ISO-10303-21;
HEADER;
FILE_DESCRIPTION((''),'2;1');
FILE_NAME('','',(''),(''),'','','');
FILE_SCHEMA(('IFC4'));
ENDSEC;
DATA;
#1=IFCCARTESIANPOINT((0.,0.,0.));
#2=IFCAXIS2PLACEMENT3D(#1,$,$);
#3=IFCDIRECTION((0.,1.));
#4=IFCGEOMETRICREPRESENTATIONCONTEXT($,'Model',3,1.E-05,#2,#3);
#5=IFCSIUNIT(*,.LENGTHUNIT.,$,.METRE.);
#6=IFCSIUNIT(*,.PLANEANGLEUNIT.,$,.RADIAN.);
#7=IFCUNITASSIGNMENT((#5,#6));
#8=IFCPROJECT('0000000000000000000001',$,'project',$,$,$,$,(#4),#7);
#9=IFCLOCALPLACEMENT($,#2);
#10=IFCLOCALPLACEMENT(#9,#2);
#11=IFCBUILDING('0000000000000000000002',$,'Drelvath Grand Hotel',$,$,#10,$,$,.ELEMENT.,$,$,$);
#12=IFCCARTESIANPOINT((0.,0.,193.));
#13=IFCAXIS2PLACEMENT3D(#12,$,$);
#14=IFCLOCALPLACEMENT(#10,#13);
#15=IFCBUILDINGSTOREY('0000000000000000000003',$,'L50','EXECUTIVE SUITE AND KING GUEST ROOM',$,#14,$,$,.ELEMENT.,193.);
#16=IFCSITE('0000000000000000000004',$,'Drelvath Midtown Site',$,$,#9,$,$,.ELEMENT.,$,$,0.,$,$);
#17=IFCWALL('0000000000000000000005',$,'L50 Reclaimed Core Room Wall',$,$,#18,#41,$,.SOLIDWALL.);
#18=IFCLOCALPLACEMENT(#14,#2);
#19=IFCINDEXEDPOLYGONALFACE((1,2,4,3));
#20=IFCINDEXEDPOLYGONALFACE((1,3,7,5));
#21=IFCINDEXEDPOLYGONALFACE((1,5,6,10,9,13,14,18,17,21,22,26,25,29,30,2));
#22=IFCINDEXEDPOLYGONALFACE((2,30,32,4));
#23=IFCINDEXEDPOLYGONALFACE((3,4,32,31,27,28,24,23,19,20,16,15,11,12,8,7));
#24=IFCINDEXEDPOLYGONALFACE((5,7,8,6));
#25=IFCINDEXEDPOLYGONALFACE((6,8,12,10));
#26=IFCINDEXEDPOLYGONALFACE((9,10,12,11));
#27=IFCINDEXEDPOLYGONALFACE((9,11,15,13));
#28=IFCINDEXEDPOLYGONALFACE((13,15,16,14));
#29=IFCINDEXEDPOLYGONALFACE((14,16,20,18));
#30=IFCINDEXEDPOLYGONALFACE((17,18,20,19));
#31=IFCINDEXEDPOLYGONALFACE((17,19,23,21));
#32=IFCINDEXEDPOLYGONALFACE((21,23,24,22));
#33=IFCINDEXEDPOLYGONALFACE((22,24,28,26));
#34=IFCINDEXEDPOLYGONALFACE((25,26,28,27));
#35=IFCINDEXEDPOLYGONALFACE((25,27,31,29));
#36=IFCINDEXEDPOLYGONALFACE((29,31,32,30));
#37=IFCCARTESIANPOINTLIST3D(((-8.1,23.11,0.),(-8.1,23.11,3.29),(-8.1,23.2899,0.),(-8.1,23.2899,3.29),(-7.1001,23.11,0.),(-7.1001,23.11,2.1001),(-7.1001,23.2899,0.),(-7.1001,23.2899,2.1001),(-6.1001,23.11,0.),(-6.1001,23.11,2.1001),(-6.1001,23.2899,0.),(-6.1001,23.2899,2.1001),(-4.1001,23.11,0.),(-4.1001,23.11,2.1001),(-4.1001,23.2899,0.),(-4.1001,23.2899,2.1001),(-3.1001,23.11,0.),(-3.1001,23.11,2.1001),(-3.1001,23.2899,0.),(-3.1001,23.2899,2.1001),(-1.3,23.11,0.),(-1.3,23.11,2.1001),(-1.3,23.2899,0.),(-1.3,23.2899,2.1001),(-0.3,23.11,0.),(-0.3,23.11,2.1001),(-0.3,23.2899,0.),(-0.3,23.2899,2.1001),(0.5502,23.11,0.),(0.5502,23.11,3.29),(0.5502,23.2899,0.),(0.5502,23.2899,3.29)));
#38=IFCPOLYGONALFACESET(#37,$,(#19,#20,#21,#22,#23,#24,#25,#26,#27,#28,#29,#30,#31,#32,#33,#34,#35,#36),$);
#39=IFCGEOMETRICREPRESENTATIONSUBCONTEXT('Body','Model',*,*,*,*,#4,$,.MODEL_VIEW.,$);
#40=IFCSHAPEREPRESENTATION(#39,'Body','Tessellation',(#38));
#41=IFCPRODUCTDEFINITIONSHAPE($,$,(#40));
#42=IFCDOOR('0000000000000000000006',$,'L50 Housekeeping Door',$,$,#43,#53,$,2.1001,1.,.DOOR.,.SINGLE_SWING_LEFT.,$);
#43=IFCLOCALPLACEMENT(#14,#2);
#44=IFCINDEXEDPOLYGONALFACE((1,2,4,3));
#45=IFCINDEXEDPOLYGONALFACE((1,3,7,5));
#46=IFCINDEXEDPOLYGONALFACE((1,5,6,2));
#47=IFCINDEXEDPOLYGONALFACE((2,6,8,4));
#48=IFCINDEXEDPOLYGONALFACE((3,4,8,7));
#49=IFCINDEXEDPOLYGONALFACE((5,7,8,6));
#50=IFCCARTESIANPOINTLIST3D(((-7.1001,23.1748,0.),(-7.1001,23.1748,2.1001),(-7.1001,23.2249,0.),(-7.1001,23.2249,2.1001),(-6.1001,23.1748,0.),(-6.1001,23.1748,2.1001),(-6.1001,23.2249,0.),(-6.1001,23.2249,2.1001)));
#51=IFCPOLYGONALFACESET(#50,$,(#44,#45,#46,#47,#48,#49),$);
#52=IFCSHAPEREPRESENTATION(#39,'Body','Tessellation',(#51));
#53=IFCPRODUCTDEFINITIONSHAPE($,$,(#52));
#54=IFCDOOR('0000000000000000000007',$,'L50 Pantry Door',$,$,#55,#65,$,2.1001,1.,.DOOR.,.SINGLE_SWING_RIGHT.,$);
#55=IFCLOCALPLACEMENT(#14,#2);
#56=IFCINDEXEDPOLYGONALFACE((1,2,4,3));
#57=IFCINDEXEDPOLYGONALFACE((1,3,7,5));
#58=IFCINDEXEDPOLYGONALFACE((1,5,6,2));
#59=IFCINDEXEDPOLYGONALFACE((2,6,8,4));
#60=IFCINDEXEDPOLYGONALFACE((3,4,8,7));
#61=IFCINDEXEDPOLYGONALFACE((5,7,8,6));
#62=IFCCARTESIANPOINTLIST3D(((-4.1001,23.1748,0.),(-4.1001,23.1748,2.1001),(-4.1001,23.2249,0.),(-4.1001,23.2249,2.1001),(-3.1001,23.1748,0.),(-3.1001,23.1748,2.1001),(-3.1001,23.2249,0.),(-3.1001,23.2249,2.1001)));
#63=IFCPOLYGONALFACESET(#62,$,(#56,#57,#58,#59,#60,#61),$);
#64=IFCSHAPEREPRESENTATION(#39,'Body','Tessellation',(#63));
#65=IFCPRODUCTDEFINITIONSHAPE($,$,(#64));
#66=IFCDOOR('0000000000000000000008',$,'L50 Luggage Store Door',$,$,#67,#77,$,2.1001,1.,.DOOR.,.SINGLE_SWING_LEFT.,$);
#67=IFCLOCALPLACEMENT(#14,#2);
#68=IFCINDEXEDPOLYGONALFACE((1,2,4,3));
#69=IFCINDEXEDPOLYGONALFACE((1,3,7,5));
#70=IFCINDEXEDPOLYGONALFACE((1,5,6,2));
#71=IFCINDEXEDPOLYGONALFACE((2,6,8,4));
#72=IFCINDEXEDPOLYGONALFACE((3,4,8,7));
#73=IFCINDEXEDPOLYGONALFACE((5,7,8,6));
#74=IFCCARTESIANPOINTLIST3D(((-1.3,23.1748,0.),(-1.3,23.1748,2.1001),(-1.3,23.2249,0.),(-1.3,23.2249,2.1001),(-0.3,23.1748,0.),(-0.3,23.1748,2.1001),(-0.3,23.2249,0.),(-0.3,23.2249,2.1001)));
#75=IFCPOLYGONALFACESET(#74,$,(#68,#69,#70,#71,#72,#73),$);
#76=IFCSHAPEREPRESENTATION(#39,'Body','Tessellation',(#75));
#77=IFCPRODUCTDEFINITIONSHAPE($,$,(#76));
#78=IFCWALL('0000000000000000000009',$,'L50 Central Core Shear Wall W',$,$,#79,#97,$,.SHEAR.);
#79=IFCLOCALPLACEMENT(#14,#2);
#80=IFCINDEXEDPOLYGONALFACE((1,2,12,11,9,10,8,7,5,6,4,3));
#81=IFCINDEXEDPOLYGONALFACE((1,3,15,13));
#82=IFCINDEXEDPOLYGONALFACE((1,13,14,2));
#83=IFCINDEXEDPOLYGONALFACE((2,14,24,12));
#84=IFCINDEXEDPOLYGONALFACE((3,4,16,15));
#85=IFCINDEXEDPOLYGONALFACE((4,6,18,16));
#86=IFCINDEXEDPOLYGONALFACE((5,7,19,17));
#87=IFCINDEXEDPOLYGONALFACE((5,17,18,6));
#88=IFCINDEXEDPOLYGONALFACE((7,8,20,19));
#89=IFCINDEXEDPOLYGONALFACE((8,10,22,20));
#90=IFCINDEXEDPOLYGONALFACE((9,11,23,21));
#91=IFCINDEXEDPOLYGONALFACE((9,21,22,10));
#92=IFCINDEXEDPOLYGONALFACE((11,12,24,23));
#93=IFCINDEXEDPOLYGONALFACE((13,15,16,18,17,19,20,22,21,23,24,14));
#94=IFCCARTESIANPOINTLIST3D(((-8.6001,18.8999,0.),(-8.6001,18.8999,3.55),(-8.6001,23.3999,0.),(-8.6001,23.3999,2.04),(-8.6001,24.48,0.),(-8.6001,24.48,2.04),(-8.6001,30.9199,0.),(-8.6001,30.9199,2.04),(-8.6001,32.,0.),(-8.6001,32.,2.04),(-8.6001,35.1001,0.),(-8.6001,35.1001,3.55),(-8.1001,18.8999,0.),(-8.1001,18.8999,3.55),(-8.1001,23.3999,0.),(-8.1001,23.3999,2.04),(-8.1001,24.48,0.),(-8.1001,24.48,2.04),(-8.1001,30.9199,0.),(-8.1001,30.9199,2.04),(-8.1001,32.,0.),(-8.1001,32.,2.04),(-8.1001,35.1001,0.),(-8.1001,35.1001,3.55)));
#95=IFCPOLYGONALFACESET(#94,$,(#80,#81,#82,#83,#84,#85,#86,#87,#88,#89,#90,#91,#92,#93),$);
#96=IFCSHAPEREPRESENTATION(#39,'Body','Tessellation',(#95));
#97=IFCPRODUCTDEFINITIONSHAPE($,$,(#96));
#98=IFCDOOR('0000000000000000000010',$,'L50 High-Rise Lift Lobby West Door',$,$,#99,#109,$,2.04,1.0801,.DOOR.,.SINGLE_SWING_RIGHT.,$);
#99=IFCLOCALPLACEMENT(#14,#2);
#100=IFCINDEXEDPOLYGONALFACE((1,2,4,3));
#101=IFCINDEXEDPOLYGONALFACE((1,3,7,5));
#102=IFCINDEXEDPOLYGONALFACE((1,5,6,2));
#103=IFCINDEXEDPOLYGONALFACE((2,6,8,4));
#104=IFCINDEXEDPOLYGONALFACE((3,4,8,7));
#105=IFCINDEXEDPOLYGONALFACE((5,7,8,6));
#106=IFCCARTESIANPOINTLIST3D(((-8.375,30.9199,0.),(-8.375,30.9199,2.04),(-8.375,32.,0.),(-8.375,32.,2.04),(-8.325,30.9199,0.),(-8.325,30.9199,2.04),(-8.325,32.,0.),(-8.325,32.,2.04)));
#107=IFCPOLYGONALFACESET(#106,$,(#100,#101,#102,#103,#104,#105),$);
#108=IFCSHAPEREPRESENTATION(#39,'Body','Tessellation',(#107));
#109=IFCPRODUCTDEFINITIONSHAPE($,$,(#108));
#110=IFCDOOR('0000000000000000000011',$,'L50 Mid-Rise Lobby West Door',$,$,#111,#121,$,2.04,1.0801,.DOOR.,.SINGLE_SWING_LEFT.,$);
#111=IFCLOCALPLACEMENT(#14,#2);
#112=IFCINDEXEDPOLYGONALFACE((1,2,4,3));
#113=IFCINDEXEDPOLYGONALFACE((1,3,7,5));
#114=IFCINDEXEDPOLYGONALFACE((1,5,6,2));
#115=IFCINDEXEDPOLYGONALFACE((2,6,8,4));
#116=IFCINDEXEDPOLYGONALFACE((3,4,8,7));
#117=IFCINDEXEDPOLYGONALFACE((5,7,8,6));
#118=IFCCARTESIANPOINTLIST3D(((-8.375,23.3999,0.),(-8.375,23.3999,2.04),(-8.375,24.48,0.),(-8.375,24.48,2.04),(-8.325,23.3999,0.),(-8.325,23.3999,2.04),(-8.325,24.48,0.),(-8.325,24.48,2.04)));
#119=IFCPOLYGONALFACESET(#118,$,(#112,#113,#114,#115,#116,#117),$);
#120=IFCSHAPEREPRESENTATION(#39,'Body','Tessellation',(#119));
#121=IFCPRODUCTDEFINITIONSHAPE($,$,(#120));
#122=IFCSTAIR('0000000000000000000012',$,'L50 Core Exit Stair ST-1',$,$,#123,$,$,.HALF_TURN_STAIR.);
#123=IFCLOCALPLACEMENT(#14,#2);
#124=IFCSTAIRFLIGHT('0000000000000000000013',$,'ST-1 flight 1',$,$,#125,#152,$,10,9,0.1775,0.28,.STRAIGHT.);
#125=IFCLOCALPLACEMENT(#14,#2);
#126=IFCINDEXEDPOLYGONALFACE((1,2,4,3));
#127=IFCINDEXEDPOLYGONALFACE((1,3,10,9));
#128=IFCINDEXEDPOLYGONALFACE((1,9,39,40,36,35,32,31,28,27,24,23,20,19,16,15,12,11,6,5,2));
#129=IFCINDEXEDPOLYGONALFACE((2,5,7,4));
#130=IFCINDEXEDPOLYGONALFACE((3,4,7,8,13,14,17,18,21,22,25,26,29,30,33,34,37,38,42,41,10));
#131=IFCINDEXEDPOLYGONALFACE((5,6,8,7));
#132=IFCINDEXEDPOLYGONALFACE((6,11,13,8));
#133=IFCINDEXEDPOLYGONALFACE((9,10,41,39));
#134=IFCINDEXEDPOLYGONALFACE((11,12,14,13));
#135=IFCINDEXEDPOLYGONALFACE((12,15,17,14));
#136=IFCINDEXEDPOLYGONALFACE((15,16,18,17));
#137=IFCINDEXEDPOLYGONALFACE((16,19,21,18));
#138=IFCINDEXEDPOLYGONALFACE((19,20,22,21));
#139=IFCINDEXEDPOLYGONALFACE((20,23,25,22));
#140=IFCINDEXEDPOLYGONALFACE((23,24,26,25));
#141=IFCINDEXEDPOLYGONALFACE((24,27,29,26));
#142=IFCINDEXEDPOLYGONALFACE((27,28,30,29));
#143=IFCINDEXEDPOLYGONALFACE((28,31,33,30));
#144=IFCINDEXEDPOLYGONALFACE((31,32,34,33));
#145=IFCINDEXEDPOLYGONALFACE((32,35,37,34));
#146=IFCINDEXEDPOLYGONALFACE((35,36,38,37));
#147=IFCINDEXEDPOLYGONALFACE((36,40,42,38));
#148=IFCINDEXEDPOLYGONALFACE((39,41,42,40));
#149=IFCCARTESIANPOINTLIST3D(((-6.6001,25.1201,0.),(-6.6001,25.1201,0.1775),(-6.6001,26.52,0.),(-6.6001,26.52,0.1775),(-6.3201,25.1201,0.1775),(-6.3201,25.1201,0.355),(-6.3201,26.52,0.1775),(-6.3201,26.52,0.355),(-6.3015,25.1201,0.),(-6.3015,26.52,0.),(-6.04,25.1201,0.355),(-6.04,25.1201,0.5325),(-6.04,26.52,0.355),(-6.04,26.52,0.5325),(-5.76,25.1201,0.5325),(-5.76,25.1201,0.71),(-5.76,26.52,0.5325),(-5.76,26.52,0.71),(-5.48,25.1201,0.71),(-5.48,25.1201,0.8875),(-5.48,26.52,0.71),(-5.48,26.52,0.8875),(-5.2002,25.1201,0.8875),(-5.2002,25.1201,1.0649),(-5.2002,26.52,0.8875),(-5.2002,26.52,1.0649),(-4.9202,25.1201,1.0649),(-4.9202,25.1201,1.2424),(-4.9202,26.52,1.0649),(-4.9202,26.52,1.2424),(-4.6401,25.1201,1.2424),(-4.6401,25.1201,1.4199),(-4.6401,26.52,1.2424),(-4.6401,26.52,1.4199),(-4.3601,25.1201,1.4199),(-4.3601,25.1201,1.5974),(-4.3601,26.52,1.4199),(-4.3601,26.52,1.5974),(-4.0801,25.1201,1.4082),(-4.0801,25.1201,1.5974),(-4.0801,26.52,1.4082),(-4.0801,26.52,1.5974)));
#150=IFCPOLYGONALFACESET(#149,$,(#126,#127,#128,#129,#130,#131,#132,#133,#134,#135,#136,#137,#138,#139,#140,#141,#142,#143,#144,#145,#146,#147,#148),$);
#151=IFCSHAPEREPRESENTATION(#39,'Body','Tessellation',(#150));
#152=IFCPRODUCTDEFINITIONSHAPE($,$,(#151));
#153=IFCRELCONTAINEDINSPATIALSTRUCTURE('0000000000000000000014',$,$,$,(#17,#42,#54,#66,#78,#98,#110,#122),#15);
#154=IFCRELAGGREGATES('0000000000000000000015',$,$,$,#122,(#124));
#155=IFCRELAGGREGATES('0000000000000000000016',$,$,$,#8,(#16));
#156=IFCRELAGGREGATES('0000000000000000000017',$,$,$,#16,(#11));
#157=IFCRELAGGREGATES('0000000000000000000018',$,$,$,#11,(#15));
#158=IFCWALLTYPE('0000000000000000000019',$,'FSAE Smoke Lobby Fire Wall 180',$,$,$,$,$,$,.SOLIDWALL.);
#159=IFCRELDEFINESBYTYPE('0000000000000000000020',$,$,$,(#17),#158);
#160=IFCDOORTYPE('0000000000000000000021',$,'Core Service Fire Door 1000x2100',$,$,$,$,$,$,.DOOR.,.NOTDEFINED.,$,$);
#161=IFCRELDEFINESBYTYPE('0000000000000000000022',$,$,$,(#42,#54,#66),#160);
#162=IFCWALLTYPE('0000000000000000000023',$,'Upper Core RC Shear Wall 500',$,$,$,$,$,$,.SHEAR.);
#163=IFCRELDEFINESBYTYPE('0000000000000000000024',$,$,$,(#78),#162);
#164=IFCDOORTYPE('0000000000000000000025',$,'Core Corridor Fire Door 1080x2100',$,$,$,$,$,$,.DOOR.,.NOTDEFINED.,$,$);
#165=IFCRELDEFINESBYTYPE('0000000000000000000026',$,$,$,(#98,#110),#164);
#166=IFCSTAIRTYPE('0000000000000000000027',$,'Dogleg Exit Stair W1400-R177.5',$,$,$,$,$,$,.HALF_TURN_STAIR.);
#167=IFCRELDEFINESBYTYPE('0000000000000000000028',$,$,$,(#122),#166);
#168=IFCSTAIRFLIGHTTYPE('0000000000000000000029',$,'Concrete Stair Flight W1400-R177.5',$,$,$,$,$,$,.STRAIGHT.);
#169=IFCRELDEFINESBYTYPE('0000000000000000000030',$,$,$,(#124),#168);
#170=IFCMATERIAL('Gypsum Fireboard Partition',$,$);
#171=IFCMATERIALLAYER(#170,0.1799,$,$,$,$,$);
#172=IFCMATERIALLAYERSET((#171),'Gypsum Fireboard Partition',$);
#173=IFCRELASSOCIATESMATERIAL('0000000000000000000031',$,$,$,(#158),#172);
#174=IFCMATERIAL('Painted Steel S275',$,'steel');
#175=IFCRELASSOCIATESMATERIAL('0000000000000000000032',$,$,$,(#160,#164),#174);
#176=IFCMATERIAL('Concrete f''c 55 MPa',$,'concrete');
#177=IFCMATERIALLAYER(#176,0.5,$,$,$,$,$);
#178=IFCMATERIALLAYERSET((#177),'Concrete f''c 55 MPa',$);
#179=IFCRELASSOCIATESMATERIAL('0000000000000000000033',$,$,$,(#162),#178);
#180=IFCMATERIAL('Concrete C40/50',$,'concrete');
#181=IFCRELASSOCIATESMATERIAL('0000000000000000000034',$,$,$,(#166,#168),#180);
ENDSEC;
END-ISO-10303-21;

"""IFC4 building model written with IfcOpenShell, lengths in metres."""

from ifc_helpers import new_model, si_unit, direction, frame, frame_2d, origin, place, context, subcontext, project, spatial, polyline, rectangle, outline, extrude, material, layer, layer_set, type_object, element, fill, aggregate, save


model = new_model("IFC4")

# Units and contexts
model_context = context("Model", 3, precision=1e-05, world=origin(), true_north=direction((0.0, 1.0)))
body_context = subcontext(model_context, "Body", "Model", "MODEL_VIEW")
ifc_project = project(units=[si_unit("LENGTHUNIT", "METRE"), si_unit("PLANEANGLEUNIT", "RADIAN")], contexts=[model_context])

# Site, building, storey
site_placement = place(None, origin())
site = spatial("IfcSite", under=ifc_project, at=site_placement, Name="Drelvath Midtown Site", CompositionType="ELEMENT", RefElevation=0.0)
building_placement = place(site_placement, origin())
building = spatial("IfcBuilding", under=site, at=building_placement, Name="Drelvath Grand Hotel", CompositionType="ELEMENT")
storey_placement = place(building_placement, frame((0.0, 0.0, 193.0)))
storey = spatial("IfcBuildingStorey", under=building, at=storey_placement, Name="L50", Description="EXECUTIVE SUITE AND KING GUEST ROOM", CompositionType="ELEMENT", Elevation=193.0)

# Shared definitions
ifc_material_1 = material(Name="Concrete f'c 55 MPa", Category="concrete")

# Shared definitions
ifc_material_2 = material(Name="Concrete C40/50", Category="concrete")
ifc_material_3 = material(Name="Painted Steel S275", Category="steel")

# Walls, openings, doors
ifc_material_4 = material(Name="Gypsum Fireboard Partition")
ifc_layer_1 = layer(ifc_material_4, 0.1799)
ifc_layer_set_1 = layer_set([ifc_layer_1], Name="Gypsum Fireboard Partition")
wall_type_1 = type_object("IfcWallType", Name="FSAE Smoke Lobby Fire Wall 180", PredefinedType="SOLIDWALL", material=ifc_layer_set_1)
wall_1_placement = place(storey_placement, frame((-8.1001, 23.2, 0.0), z_axis=(0.0, 0.0, 1.0), x_axis=(1.0, 0.0, 0.0)))
wall_1 = element("IfcWall", 1, at=wall_1_placement, inside=storey, type_object=wall_type_1, Name="L50 Reclaimed Core Room Wall", PredefinedType="SOLIDWALL", context=body_context, shape_type="SweptSolid", body=[
    extrude(rectangle(XDim=8.6501, YDim=0.1799, at=frame_2d((4.3252, 0.0))), origin(), (0.0, 0.0, 1.0), 3.29),
])
opening_1_placement = place(wall_1_placement, frame((1.0, 0.0, 0.0)))
opening_1 = element("IfcOpeningElement", 2, at=opening_1_placement, cuts=wall_1, PredefinedType="OPENING", context=body_context, shape_type="SweptSolid", body=[
    extrude(rectangle(XDim=1.0, YDim=2.1001, at=frame_2d((0.5, 1.05))), frame((0.0, 0.0999, 0.0), z_axis=(0.0, -1.0, 0.0), x_axis=(1.0, 0.0, 0.0)), (0.0, 0.0, 1.0), 0.2),
])
opening_2_placement = place(wall_1_placement, frame((4.0, 0.0, 0.0)))
opening_2 = element("IfcOpeningElement", 3, at=opening_2_placement, cuts=wall_1, PredefinedType="OPENING", context=body_context, shape_type="SweptSolid", body=[
    extrude(rectangle(XDim=1.0, YDim=2.1001, at=frame_2d((0.5, 1.05))), frame((0.0, 0.0999, 0.0), z_axis=(0.0, -1.0, 0.0), x_axis=(1.0, 0.0, 0.0)), (0.0, 0.0, 1.0), 0.2),
])
opening_3_placement = place(wall_1_placement, frame((6.8, 0.0, 0.0)))
opening_3 = element("IfcOpeningElement", 4, at=opening_3_placement, cuts=wall_1, PredefinedType="OPENING", context=body_context, shape_type="SweptSolid", body=[
    extrude(rectangle(XDim=1.0, YDim=2.1001, at=frame_2d((0.5, 1.05))), frame((0.0, 0.0999, 0.0), z_axis=(0.0, -1.0, 0.0), x_axis=(1.0, 0.0, 0.0)), (0.0, 0.0, 1.0), 0.2),
])
door_type_1 = type_object("IfcDoorType", Name="Core Service Fire Door 1000x2100", OperationType="NOTDEFINED", PredefinedType="DOOR", material=ifc_material_3)
door_1_placement = place(opening_1_placement, origin())
door_1 = element("IfcDoor", 5, at=door_1_placement, inside=storey, type_object=door_type_1, Name="L50 Housekeeping Door", OperationType="SINGLE_SWING_LEFT", OverallHeight=2.1001, OverallWidth=1.0, PredefinedType="DOOR", context=body_context, shape_type="SweptSolid", body=[
    extrude(rectangle(XDim=1.0, YDim=2.1001, at=frame_2d((0.5, 1.05))), frame((0.0, 0.0249, 0.0), z_axis=(0.0, -1.0, 0.0), x_axis=(1.0, 0.0, 0.0)), (0.0, 0.0, 1.0), 0.05),
])
fill(opening_1, door_1)
door_2_placement = place(opening_2_placement, origin())
door_2 = element("IfcDoor", 6, at=door_2_placement, inside=storey, type_object=door_type_1, Name="L50 Pantry Door", OperationType="SINGLE_SWING_RIGHT", OverallHeight=2.1001, OverallWidth=1.0, PredefinedType="DOOR", context=body_context, shape_type="SweptSolid", body=[
    extrude(rectangle(XDim=1.0, YDim=2.1001, at=frame_2d((0.5, 1.05))), frame((0.0, 0.0249, 0.0), z_axis=(0.0, -1.0, 0.0), x_axis=(1.0, 0.0, 0.0)), (0.0, 0.0, 1.0), 0.05),
])
fill(opening_2, door_2)
door_3_placement = place(opening_3_placement, origin())
door_3 = element("IfcDoor", 7, at=door_3_placement, inside=storey, type_object=door_type_1, Name="L50 Luggage Store Door", OperationType="SINGLE_SWING_LEFT", OverallHeight=2.1001, OverallWidth=1.0, PredefinedType="DOOR", context=body_context, shape_type="SweptSolid", body=[
    extrude(rectangle(XDim=1.0, YDim=2.1001, at=frame_2d((0.5, 1.05))), frame((0.0, 0.0249, 0.0), z_axis=(0.0, -1.0, 0.0), x_axis=(1.0, 0.0, 0.0)), (0.0, 0.0, 1.0), 0.05),
])
fill(opening_3, door_3)
ifc_layer_2 = layer(ifc_material_1, 0.5)
ifc_layer_set_2 = layer_set([ifc_layer_2], Name="Concrete f'c 55 MPa")
wall_type_2 = type_object("IfcWallType", Name="Upper Core RC Shear Wall 500", PredefinedType="SHEAR", material=ifc_layer_set_2)
wall_2_placement = place(storey_placement, frame((-8.3501, 18.8999, 0.0), z_axis=(0.0, 0.0, 1.0), x_axis=(0.0, 1.0, 0.0)))
wall_2 = element("IfcWall", 8, at=wall_2_placement, inside=storey, type_object=wall_type_2, Name="L50 Central Core Shear Wall W", PredefinedType="SHEAR", context=body_context, shape_type="SweptSolid", body=[
    extrude(rectangle(XDim=16.2002, YDim=0.5, at=frame_2d((8.1001, 0.0))), origin(), (0.0, 0.0, 1.0), 3.55),
])
opening_4_placement = place(wall_2_placement, frame((12.02, 0.0, 0.0)))
opening_4 = element("IfcOpeningElement", 9, at=opening_4_placement, cuts=wall_2, PredefinedType="OPENING", context=body_context, shape_type="SweptSolid", body=[
    extrude(rectangle(XDim=1.0801, YDim=2.04, at=frame_2d((0.54, 1.02))), frame((0.0, 0.26, 0.0), z_axis=(0.0, -1.0, 0.0), x_axis=(1.0, 0.0, 0.0)), (0.0, 0.0, 1.0), 0.52),
])
opening_5_placement = place(wall_2_placement, frame((4.5, 0.0, 0.0)))
opening_5 = element("IfcOpeningElement", 10, at=opening_5_placement, cuts=wall_2, PredefinedType="OPENING", context=body_context, shape_type="SweptSolid", body=[
    extrude(rectangle(XDim=1.0801, YDim=2.04, at=frame_2d((0.54, 1.02))), frame((0.0, 0.26, 0.0), z_axis=(0.0, -1.0, 0.0), x_axis=(1.0, 0.0, 0.0)), (0.0, 0.0, 1.0), 0.52),
])
door_type_2 = type_object("IfcDoorType", Name="Core Corridor Fire Door 1080x2100", OperationType="NOTDEFINED", PredefinedType="DOOR", material=ifc_material_3)
door_4_placement = place(opening_4_placement, origin())
door_4 = element("IfcDoor", 11, at=door_4_placement, inside=storey, type_object=door_type_2, Name="L50 High-Rise Lift Lobby West Door", OperationType="SINGLE_SWING_RIGHT", OverallHeight=2.04, OverallWidth=1.0801, PredefinedType="DOOR", context=body_context, shape_type="SweptSolid", body=[
    extrude(rectangle(XDim=1.0801, YDim=2.04, at=frame_2d((0.54, 1.02))), frame((0.0, 0.0249, 0.0), z_axis=(0.0, -1.0, 0.0), x_axis=(1.0, 0.0, 0.0)), (0.0, 0.0, 1.0), 0.05),
])
fill(opening_4, door_4)
door_5_placement = place(opening_5_placement, origin())
door_5 = element("IfcDoor", 12, at=door_5_placement, inside=storey, type_object=door_type_2, Name="L50 Mid-Rise Lobby West Door", OperationType="SINGLE_SWING_LEFT", OverallHeight=2.04, OverallWidth=1.0801, PredefinedType="DOOR", context=body_context, shape_type="SweptSolid", body=[
    extrude(rectangle(XDim=1.0801, YDim=2.04, at=frame_2d((0.54, 1.02))), frame((0.0, 0.0249, 0.0), z_axis=(0.0, -1.0, 0.0), x_axis=(1.0, 0.0, 0.0)), (0.0, 0.0, 1.0), 0.05),
])
fill(opening_5, door_5)

# Stair, stair flight
stair_type = type_object("IfcStairType", Name="Dogleg Exit Stair W1400-R177.5", PredefinedType="HALF_TURN_STAIR", material=ifc_material_2)
stair_placement = place(storey_placement, origin())
stair = element("IfcStair", 13, at=stair_placement, inside=storey, type_object=stair_type, Name="L50 Core Exit Stair ST-1", PredefinedType="HALF_TURN_STAIR")
stair_flight_type = type_object("IfcStairFlightType", Name="Concrete Stair Flight W1400-R177.5", PredefinedType="STRAIGHT", material=ifc_material_2)
stair_flight_placement = place(storey_placement, frame((-6.6001, 25.8201, 0.0), z_axis=(0.0, 0.0, 1.0), x_axis=(1.0, 0.0, 0.0)))
stair_flight = element("IfcStairFlight", 14, at=stair_flight_placement, type_object=stair_flight_type, Name="ST-1 flight 1", NumberOfRisers=10, NumberOfTreads=9, PredefinedType="STRAIGHT", RiserHeight=0.1775, TreadLength=0.28, context=body_context, shape_type="SweptSolid", body=[
    extrude(outline(polyline([(0.0, 0.0), (0.0, 0.1775), (0.28, 0.1775), (0.28, 0.355), (0.5601, 0.355), (0.5601, 0.5325), (0.8401, 0.5325), (0.8401, 0.71), (1.1201, 0.71), (1.1201, 0.8875), (1.3999, 0.8875), (1.3999, 1.0649), (1.6799, 1.0649), (1.6799, 1.2424), (1.96, 1.2424), (1.96, 1.4199), (2.24, 1.4199), (2.24, 1.5974), (2.52, 1.5974), (2.52, 1.7749), (2.52, 1.4082), (0.2986, 0.0), (0.0, 0.0)])), frame((0.0, 0.7, 0.0), z_axis=(0.0, -1.0, 0.0), x_axis=(1.0, 0.0, 0.0)), (0.0, 0.0, 1.0), 1.3999),
])
aggregate(stair, [stair_flight])

save(model, "model.ifc")
